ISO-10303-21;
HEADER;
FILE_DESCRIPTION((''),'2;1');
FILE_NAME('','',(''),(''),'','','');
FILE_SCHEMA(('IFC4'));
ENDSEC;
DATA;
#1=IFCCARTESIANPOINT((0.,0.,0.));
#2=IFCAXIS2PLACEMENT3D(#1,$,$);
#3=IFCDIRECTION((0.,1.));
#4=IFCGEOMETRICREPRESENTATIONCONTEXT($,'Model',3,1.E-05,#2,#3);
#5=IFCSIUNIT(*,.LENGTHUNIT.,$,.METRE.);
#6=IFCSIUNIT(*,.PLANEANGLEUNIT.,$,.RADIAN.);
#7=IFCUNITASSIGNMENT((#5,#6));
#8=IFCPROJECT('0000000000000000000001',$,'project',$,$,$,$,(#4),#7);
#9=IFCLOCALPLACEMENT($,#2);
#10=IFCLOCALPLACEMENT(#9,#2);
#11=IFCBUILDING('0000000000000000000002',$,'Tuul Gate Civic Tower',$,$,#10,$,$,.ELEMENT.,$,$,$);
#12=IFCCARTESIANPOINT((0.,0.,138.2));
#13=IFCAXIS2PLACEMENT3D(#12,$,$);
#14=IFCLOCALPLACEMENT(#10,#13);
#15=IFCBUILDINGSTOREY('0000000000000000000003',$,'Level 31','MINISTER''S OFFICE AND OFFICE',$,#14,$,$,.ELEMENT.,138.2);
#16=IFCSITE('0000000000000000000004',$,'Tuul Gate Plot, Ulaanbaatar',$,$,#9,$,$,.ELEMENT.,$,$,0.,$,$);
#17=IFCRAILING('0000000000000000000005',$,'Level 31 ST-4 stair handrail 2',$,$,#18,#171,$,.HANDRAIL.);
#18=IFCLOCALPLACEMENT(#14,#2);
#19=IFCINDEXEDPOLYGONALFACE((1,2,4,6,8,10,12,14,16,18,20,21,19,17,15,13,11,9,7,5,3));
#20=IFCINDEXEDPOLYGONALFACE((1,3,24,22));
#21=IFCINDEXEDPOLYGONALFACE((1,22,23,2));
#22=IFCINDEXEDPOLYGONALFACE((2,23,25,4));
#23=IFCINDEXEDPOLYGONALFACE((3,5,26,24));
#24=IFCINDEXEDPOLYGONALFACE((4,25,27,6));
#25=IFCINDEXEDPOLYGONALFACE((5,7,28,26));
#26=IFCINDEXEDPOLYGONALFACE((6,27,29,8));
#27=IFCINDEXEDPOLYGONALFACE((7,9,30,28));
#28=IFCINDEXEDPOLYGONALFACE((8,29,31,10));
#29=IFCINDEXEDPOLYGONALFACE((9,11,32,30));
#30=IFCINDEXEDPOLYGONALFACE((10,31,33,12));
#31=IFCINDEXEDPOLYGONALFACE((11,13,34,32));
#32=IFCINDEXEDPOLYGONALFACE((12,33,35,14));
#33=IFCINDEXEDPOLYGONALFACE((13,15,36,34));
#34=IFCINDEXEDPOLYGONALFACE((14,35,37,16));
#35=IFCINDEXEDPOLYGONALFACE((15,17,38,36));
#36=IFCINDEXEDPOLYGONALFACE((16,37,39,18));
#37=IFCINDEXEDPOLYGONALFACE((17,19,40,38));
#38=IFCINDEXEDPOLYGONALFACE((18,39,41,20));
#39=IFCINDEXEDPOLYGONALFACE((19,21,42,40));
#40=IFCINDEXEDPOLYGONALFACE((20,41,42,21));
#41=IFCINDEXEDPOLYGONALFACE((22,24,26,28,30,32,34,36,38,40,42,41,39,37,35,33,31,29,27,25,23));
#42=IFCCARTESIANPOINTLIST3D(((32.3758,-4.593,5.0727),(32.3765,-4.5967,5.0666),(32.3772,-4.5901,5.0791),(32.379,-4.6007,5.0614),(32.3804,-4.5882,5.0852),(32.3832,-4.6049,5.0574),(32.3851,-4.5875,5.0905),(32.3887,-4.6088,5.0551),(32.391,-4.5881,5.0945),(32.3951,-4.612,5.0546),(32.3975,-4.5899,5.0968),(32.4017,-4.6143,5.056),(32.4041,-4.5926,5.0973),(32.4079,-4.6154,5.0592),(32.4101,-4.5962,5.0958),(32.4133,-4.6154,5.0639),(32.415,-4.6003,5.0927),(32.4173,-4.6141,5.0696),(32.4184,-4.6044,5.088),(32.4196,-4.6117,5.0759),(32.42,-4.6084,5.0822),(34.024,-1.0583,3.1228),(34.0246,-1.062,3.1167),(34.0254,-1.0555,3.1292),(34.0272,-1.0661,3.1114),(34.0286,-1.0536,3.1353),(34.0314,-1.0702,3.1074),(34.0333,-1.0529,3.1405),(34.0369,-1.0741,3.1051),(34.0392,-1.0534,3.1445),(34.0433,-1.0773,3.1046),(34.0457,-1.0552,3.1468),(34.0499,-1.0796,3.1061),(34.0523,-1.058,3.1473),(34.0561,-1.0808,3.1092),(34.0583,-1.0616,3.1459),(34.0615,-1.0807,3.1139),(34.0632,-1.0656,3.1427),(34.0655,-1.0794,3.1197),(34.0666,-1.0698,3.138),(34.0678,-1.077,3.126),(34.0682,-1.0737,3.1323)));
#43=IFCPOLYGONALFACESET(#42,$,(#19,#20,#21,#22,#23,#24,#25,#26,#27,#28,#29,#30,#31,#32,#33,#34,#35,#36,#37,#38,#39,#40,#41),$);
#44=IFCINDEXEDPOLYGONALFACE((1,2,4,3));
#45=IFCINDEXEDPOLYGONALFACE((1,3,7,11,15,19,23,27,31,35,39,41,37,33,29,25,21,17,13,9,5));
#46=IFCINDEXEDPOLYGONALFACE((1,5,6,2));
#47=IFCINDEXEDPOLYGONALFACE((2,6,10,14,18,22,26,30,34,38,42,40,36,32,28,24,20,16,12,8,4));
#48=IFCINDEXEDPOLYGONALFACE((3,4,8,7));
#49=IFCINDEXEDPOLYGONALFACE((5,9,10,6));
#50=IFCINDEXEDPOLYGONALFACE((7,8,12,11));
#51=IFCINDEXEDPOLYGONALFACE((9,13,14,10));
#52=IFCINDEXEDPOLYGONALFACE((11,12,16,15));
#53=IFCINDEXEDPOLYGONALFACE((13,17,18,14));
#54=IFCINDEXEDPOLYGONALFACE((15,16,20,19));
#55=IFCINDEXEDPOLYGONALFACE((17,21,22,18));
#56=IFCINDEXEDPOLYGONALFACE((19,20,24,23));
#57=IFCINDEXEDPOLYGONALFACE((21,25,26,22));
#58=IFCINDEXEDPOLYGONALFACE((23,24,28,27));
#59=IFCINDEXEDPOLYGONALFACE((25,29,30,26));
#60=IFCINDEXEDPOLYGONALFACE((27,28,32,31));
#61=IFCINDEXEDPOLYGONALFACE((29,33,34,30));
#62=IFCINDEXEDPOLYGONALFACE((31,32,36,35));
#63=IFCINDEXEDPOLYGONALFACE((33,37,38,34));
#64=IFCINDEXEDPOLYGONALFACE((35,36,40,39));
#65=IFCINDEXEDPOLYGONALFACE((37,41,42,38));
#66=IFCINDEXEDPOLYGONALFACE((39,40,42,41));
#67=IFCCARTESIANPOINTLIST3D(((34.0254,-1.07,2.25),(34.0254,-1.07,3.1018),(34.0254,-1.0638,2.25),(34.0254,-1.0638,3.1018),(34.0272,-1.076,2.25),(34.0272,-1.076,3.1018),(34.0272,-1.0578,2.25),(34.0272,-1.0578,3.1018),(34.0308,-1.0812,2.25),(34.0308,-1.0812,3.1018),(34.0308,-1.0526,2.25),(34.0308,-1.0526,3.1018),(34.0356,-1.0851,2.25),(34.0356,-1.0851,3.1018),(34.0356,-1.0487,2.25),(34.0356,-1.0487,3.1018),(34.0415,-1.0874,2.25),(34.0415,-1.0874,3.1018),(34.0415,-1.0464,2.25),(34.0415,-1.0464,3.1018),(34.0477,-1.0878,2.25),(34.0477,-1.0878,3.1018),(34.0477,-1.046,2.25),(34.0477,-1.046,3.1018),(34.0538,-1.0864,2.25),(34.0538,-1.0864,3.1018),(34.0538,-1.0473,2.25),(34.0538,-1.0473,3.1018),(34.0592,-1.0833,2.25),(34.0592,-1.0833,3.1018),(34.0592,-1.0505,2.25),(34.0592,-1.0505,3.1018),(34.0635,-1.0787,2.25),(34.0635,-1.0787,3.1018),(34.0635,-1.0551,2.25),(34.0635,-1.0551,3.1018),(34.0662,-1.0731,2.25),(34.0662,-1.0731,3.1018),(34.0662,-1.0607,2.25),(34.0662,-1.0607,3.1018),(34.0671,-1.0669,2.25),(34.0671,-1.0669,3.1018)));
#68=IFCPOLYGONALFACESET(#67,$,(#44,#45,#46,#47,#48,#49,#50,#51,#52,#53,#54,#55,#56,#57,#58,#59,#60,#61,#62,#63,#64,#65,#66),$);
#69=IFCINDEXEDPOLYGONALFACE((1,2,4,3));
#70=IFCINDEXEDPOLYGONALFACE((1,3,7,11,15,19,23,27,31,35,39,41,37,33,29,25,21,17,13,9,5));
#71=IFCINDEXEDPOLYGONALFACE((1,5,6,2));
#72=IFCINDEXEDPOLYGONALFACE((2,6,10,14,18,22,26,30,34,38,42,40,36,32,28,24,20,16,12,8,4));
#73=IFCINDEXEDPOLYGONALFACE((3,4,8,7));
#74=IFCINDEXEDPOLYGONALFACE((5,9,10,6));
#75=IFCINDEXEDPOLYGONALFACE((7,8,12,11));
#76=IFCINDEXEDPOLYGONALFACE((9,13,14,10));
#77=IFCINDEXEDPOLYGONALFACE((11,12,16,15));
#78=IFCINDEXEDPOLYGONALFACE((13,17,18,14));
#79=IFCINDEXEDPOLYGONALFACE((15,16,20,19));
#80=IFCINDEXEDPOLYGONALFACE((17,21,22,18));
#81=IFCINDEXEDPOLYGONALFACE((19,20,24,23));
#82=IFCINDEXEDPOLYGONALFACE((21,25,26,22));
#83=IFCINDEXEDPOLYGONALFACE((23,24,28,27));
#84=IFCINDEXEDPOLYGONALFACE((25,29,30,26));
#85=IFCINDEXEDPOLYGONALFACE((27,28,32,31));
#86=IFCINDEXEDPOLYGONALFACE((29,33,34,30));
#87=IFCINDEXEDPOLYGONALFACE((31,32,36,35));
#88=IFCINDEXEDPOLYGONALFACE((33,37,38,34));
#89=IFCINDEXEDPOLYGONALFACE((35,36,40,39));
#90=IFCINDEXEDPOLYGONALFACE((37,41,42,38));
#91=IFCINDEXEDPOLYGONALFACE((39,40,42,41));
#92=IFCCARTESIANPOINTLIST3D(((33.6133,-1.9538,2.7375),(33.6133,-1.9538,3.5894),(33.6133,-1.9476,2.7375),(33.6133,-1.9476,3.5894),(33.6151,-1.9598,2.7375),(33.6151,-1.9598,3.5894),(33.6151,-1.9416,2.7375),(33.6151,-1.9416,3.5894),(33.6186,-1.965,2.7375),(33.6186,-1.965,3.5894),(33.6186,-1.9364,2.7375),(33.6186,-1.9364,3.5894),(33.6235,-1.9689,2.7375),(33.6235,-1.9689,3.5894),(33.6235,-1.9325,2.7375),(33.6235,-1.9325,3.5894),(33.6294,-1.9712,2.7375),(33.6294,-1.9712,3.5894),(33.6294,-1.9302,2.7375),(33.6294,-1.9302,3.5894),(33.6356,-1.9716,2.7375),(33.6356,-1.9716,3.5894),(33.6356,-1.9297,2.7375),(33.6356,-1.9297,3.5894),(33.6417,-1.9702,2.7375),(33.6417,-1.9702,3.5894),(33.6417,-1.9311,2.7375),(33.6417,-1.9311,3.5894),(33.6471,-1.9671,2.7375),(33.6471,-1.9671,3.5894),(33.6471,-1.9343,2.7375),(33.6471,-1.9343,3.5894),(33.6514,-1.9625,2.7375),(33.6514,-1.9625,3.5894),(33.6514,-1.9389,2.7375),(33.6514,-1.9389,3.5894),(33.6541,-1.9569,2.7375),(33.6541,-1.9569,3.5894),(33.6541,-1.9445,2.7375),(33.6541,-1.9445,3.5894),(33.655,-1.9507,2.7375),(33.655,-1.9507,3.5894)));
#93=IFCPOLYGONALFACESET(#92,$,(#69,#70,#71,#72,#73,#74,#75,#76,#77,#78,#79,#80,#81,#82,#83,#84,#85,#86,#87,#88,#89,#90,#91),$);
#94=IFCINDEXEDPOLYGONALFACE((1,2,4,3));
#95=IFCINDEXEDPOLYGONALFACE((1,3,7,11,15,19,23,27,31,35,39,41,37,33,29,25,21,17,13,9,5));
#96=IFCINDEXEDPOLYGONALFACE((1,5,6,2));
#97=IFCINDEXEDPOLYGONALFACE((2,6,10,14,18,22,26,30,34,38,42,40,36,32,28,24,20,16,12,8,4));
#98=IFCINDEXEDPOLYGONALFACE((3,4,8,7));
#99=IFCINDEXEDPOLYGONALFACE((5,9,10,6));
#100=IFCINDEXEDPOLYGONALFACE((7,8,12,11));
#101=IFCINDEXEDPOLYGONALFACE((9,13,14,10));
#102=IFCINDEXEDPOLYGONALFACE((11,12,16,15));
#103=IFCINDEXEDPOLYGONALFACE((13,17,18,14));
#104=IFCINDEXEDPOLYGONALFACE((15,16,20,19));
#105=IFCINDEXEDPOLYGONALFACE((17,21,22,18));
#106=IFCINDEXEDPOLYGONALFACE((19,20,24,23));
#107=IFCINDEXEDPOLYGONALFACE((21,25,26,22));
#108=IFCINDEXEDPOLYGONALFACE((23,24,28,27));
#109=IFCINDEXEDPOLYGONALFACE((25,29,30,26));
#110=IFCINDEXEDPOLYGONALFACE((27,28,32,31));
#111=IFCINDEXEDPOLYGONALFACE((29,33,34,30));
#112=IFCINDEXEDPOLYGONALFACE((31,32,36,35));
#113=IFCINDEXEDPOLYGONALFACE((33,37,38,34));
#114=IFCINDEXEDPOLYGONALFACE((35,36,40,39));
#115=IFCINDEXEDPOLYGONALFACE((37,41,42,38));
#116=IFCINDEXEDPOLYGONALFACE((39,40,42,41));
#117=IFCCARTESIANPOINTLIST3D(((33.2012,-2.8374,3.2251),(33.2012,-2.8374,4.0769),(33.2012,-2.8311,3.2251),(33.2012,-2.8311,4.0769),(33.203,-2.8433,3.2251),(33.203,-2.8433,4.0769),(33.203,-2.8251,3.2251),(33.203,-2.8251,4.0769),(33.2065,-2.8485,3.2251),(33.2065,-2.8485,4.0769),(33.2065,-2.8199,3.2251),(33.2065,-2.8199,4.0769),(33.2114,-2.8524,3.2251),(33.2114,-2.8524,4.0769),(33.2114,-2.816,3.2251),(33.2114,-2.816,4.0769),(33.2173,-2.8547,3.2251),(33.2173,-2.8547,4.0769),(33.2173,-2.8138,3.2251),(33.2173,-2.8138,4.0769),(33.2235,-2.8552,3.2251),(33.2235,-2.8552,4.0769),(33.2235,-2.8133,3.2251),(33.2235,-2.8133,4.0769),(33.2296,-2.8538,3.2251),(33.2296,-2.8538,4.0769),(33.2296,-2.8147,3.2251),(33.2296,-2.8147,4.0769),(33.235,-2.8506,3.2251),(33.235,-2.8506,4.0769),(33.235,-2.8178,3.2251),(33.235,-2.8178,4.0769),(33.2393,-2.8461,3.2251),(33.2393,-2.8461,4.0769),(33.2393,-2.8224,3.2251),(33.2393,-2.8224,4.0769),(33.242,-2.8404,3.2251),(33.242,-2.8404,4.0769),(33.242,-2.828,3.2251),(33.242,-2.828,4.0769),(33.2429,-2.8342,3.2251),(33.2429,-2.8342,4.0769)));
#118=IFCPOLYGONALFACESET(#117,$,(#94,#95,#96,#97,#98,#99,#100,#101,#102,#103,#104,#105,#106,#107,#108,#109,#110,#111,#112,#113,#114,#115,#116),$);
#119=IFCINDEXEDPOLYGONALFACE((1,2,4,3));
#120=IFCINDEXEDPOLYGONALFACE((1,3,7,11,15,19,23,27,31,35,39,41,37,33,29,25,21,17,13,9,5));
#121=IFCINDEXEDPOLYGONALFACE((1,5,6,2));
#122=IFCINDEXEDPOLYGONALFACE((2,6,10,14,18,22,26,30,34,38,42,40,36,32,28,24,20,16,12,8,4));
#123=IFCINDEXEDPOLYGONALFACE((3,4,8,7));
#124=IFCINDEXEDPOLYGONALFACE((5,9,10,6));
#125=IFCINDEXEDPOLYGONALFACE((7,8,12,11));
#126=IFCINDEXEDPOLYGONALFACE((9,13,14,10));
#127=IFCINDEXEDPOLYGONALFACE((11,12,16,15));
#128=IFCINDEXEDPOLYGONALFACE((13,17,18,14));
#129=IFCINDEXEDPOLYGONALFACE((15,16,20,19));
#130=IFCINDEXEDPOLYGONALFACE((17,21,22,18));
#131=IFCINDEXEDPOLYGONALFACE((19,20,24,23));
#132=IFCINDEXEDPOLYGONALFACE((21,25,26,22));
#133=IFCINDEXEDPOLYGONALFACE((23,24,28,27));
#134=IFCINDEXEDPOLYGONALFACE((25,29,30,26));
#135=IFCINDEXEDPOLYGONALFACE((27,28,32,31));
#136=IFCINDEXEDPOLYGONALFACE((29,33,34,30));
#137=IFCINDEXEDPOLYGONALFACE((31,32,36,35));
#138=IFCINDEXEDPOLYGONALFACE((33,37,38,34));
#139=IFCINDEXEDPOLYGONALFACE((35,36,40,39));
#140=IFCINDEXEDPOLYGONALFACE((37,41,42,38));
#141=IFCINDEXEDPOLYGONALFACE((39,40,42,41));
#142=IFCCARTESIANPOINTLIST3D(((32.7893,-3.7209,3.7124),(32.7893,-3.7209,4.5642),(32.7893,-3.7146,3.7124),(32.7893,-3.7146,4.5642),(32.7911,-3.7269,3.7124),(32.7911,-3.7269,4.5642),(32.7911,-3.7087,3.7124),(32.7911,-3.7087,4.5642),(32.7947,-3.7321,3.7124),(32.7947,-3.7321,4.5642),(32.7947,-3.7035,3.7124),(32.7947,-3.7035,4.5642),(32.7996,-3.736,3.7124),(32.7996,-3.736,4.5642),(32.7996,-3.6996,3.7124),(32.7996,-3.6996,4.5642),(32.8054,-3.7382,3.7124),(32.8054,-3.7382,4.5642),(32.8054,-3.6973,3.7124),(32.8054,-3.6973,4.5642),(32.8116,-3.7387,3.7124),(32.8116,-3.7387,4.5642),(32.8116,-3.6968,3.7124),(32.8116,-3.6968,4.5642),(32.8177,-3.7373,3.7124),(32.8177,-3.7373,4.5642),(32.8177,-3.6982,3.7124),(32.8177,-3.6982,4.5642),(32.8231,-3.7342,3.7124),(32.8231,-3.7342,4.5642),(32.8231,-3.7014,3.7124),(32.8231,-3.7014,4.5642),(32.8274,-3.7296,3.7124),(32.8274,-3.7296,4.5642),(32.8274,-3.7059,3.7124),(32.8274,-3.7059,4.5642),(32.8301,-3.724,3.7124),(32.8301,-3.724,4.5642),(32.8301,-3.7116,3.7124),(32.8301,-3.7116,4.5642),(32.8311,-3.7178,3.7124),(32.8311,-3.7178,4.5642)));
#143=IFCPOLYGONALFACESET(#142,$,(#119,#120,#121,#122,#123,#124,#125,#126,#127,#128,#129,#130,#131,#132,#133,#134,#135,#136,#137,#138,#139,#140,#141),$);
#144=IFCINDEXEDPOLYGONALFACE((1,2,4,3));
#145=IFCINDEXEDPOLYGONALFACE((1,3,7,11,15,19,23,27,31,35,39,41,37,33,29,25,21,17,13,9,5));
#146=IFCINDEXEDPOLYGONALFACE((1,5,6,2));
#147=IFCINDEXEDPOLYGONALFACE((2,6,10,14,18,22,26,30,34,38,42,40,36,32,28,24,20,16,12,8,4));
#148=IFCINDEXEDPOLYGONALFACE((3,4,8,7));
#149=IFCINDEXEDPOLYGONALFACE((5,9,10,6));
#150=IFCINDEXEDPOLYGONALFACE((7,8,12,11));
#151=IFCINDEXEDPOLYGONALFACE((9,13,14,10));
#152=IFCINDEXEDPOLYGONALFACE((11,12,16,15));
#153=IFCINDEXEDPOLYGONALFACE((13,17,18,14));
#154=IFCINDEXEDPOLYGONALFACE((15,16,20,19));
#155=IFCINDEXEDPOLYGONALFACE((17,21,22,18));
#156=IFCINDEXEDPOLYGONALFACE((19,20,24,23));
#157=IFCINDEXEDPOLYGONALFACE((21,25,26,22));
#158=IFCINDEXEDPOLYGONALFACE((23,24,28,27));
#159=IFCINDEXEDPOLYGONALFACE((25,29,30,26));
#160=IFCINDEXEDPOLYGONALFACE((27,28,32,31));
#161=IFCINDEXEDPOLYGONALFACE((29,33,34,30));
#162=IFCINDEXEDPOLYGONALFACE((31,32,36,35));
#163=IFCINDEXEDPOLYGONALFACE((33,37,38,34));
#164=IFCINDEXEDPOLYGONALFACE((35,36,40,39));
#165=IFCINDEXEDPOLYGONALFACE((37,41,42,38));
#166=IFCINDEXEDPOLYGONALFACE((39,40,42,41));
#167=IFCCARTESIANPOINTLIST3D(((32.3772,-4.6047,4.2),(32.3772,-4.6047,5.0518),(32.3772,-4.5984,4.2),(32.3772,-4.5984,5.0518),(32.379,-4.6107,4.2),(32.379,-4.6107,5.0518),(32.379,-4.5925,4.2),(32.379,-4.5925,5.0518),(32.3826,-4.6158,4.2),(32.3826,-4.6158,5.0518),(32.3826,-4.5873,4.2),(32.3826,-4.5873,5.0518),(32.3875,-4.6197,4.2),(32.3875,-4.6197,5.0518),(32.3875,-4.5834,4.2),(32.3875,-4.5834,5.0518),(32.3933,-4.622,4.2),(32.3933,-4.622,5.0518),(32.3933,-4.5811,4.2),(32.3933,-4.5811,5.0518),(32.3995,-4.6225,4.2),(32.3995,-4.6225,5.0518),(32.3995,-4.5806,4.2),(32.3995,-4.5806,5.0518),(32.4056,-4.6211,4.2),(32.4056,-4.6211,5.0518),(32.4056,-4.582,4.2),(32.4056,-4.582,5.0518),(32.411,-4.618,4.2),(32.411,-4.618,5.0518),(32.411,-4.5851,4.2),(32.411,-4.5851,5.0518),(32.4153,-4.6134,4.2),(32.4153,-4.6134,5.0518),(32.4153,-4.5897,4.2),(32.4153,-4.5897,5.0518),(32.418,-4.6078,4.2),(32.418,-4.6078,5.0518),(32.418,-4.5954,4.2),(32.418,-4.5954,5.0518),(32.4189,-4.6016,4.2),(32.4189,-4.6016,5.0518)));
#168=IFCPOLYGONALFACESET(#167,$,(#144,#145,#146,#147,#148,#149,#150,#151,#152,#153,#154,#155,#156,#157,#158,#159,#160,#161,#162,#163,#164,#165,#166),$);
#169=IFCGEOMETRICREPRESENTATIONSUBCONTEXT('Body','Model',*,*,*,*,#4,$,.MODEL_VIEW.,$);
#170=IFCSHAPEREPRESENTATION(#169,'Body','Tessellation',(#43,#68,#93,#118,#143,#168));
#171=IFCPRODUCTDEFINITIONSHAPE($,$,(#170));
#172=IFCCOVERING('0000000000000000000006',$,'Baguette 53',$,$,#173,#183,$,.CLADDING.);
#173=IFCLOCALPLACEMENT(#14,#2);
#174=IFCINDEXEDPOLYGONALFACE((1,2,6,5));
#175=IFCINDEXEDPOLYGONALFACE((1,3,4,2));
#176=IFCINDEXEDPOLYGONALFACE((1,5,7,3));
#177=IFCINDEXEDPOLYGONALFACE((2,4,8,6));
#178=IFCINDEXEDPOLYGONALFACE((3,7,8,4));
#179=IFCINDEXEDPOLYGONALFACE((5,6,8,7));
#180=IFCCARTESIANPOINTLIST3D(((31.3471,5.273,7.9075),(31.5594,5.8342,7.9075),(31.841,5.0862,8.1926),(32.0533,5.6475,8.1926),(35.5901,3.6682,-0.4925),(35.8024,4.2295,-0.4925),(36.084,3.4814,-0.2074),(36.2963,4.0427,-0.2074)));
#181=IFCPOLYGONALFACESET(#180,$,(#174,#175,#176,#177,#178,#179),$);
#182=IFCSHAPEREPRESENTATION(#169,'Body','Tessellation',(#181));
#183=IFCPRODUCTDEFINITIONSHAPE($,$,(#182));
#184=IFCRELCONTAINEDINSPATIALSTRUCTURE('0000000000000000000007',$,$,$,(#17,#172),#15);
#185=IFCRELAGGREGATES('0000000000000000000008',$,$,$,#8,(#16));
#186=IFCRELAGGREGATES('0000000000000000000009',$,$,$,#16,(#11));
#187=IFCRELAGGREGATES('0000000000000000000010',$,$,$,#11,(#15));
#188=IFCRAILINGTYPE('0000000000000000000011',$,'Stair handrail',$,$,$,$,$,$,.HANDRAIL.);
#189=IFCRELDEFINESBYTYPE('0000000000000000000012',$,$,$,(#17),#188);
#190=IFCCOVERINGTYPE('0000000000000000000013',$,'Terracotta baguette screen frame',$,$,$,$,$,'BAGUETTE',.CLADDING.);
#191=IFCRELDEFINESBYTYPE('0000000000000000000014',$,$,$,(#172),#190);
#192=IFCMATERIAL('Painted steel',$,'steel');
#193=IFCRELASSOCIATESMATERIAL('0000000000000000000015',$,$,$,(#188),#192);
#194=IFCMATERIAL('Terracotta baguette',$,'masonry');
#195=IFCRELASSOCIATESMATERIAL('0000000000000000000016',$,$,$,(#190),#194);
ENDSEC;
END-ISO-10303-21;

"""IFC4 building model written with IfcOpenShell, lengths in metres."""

from ifc_helpers import new_model, si_unit, direction, frame, origin, origin_2d, place, context, subcontext, project, spatial, rectangle, circle, extrude, material, material_profile, profile_set, type_object, element, save


model = new_model("IFC4")

# Units and contexts
model_context = context("Model", 3, precision=1e-05, world=origin(), true_north=direction((0.0, 1.0)))
body_context = subcontext(model_context, "Body", "Model", "MODEL_VIEW")
ifc_project = project(units=[si_unit("LENGTHUNIT", "METRE"), si_unit("PLANEANGLEUNIT", "RADIAN")], contexts=[model_context])

# Site, building, storey
site_placement = place(None, origin())
site = spatial("IfcSite", under=ifc_project, at=site_placement, Name="Tuul Gate Plot, Ulaanbaatar", CompositionType="ELEMENT", RefElevation=0.0)
building_placement = place(site_placement, origin())
building = spatial("IfcBuilding", under=site, at=building_placement, Name="Tuul Gate Civic Tower", CompositionType="ELEMENT")
storey_placement = place(building_placement, frame((0.0, 0.0, 138.2)))
storey = spatial("IfcBuildingStorey", under=building, at=storey_placement, Name="Level 31", Description="MINISTER'S OFFICE AND OFFICE", CompositionType="ELEMENT", Elevation=138.2)

# Railing
ifc_material_1 = material(Name="Painted steel", Category="steel")
railing_type_1 = type_object("IfcRailingType", Name="Stair handrail", PredefinedType="HANDRAIL", material=ifc_material_1)
railing_1_placement = place(storey_placement, frame((34.0461, -1.0669, 2.25)))
element("IfcRailing", 1, at=railing_1_placement, inside=storey, type_object=railing_type_1, Name="Level 31 ST-4 stair handrail 2", PredefinedType="HANDRAIL", context=body_context, shape_type="SweptSolid", body=[
    extrude(circle(Radius=0.0239, at=origin_2d()), frame((0.0, 0.0, 0.876), z_axis=(-0.377995, -0.810637, 0.4472), x_axis=(0.906313, -0.422608, 0.0)), (0.0, 0.0, 1.0), 4.3604),
    extrude(circle(Radius=0.021, at=origin_2d()), origin(), (0.0, 0.0, 1.0), 0.8518),
    extrude(circle(Radius=0.021, at=origin_2d()), frame((-0.4121, -0.8838, 0.4875)), (0.0, 0.0, 1.0), 0.8518),
    extrude(circle(Radius=0.021, at=origin_2d()), frame((-0.8242, -1.7673, 0.9751)), (0.0, 0.0, 1.0), 0.8518),
    extrude(circle(Radius=0.021, at=origin_2d()), frame((-1.2361, -2.6509, 1.4624)), (0.0, 0.0, 1.0), 0.8518),
    extrude(circle(Radius=0.021, at=origin_2d()), frame((-1.6482, -3.5347, 1.95)), (0.0, 0.0, 1.0), 0.8518),
])

# Covering
ifc_material_2 = material(Name="Terracotta baguette", Category="masonry")
ifc_material_profile_1 = material_profile(ifc_material_2, rectangle(XDim=0.6001, YDim=0.6001, at=origin_2d()), Name="Terracotta baguette screen frame")
ifc_profile_set_1 = profile_set([ifc_material_profile_1], Name="Terracotta baguette")
covering_type = type_object("IfcCoveringType", Name="Terracotta baguette screen frame", ElementType="BAGUETTE", PredefinedType="CLADDING", material=ifc_profile_set_1)
covering_placement = place(storey_placement, frame((31.7002, 5.4602, 8.05), z_axis=(0.444447, -0.168097, -0.879892), x_axis=(0.353758, 0.935337, 0.0)))
element("IfcCovering", 2, at=covering_placement, inside=storey, type_object=covering_type, Name="Baguette 53", PredefinedType="CLADDING", context=body_context, shape_type="SweptSolid", body=[
    extrude(rectangle(XDim=0.6001, YDim=0.6001, at=origin_2d()), origin(), (0.0, 0.0, 1.0), 9.5466),
])

save(model, "model.ifc")
